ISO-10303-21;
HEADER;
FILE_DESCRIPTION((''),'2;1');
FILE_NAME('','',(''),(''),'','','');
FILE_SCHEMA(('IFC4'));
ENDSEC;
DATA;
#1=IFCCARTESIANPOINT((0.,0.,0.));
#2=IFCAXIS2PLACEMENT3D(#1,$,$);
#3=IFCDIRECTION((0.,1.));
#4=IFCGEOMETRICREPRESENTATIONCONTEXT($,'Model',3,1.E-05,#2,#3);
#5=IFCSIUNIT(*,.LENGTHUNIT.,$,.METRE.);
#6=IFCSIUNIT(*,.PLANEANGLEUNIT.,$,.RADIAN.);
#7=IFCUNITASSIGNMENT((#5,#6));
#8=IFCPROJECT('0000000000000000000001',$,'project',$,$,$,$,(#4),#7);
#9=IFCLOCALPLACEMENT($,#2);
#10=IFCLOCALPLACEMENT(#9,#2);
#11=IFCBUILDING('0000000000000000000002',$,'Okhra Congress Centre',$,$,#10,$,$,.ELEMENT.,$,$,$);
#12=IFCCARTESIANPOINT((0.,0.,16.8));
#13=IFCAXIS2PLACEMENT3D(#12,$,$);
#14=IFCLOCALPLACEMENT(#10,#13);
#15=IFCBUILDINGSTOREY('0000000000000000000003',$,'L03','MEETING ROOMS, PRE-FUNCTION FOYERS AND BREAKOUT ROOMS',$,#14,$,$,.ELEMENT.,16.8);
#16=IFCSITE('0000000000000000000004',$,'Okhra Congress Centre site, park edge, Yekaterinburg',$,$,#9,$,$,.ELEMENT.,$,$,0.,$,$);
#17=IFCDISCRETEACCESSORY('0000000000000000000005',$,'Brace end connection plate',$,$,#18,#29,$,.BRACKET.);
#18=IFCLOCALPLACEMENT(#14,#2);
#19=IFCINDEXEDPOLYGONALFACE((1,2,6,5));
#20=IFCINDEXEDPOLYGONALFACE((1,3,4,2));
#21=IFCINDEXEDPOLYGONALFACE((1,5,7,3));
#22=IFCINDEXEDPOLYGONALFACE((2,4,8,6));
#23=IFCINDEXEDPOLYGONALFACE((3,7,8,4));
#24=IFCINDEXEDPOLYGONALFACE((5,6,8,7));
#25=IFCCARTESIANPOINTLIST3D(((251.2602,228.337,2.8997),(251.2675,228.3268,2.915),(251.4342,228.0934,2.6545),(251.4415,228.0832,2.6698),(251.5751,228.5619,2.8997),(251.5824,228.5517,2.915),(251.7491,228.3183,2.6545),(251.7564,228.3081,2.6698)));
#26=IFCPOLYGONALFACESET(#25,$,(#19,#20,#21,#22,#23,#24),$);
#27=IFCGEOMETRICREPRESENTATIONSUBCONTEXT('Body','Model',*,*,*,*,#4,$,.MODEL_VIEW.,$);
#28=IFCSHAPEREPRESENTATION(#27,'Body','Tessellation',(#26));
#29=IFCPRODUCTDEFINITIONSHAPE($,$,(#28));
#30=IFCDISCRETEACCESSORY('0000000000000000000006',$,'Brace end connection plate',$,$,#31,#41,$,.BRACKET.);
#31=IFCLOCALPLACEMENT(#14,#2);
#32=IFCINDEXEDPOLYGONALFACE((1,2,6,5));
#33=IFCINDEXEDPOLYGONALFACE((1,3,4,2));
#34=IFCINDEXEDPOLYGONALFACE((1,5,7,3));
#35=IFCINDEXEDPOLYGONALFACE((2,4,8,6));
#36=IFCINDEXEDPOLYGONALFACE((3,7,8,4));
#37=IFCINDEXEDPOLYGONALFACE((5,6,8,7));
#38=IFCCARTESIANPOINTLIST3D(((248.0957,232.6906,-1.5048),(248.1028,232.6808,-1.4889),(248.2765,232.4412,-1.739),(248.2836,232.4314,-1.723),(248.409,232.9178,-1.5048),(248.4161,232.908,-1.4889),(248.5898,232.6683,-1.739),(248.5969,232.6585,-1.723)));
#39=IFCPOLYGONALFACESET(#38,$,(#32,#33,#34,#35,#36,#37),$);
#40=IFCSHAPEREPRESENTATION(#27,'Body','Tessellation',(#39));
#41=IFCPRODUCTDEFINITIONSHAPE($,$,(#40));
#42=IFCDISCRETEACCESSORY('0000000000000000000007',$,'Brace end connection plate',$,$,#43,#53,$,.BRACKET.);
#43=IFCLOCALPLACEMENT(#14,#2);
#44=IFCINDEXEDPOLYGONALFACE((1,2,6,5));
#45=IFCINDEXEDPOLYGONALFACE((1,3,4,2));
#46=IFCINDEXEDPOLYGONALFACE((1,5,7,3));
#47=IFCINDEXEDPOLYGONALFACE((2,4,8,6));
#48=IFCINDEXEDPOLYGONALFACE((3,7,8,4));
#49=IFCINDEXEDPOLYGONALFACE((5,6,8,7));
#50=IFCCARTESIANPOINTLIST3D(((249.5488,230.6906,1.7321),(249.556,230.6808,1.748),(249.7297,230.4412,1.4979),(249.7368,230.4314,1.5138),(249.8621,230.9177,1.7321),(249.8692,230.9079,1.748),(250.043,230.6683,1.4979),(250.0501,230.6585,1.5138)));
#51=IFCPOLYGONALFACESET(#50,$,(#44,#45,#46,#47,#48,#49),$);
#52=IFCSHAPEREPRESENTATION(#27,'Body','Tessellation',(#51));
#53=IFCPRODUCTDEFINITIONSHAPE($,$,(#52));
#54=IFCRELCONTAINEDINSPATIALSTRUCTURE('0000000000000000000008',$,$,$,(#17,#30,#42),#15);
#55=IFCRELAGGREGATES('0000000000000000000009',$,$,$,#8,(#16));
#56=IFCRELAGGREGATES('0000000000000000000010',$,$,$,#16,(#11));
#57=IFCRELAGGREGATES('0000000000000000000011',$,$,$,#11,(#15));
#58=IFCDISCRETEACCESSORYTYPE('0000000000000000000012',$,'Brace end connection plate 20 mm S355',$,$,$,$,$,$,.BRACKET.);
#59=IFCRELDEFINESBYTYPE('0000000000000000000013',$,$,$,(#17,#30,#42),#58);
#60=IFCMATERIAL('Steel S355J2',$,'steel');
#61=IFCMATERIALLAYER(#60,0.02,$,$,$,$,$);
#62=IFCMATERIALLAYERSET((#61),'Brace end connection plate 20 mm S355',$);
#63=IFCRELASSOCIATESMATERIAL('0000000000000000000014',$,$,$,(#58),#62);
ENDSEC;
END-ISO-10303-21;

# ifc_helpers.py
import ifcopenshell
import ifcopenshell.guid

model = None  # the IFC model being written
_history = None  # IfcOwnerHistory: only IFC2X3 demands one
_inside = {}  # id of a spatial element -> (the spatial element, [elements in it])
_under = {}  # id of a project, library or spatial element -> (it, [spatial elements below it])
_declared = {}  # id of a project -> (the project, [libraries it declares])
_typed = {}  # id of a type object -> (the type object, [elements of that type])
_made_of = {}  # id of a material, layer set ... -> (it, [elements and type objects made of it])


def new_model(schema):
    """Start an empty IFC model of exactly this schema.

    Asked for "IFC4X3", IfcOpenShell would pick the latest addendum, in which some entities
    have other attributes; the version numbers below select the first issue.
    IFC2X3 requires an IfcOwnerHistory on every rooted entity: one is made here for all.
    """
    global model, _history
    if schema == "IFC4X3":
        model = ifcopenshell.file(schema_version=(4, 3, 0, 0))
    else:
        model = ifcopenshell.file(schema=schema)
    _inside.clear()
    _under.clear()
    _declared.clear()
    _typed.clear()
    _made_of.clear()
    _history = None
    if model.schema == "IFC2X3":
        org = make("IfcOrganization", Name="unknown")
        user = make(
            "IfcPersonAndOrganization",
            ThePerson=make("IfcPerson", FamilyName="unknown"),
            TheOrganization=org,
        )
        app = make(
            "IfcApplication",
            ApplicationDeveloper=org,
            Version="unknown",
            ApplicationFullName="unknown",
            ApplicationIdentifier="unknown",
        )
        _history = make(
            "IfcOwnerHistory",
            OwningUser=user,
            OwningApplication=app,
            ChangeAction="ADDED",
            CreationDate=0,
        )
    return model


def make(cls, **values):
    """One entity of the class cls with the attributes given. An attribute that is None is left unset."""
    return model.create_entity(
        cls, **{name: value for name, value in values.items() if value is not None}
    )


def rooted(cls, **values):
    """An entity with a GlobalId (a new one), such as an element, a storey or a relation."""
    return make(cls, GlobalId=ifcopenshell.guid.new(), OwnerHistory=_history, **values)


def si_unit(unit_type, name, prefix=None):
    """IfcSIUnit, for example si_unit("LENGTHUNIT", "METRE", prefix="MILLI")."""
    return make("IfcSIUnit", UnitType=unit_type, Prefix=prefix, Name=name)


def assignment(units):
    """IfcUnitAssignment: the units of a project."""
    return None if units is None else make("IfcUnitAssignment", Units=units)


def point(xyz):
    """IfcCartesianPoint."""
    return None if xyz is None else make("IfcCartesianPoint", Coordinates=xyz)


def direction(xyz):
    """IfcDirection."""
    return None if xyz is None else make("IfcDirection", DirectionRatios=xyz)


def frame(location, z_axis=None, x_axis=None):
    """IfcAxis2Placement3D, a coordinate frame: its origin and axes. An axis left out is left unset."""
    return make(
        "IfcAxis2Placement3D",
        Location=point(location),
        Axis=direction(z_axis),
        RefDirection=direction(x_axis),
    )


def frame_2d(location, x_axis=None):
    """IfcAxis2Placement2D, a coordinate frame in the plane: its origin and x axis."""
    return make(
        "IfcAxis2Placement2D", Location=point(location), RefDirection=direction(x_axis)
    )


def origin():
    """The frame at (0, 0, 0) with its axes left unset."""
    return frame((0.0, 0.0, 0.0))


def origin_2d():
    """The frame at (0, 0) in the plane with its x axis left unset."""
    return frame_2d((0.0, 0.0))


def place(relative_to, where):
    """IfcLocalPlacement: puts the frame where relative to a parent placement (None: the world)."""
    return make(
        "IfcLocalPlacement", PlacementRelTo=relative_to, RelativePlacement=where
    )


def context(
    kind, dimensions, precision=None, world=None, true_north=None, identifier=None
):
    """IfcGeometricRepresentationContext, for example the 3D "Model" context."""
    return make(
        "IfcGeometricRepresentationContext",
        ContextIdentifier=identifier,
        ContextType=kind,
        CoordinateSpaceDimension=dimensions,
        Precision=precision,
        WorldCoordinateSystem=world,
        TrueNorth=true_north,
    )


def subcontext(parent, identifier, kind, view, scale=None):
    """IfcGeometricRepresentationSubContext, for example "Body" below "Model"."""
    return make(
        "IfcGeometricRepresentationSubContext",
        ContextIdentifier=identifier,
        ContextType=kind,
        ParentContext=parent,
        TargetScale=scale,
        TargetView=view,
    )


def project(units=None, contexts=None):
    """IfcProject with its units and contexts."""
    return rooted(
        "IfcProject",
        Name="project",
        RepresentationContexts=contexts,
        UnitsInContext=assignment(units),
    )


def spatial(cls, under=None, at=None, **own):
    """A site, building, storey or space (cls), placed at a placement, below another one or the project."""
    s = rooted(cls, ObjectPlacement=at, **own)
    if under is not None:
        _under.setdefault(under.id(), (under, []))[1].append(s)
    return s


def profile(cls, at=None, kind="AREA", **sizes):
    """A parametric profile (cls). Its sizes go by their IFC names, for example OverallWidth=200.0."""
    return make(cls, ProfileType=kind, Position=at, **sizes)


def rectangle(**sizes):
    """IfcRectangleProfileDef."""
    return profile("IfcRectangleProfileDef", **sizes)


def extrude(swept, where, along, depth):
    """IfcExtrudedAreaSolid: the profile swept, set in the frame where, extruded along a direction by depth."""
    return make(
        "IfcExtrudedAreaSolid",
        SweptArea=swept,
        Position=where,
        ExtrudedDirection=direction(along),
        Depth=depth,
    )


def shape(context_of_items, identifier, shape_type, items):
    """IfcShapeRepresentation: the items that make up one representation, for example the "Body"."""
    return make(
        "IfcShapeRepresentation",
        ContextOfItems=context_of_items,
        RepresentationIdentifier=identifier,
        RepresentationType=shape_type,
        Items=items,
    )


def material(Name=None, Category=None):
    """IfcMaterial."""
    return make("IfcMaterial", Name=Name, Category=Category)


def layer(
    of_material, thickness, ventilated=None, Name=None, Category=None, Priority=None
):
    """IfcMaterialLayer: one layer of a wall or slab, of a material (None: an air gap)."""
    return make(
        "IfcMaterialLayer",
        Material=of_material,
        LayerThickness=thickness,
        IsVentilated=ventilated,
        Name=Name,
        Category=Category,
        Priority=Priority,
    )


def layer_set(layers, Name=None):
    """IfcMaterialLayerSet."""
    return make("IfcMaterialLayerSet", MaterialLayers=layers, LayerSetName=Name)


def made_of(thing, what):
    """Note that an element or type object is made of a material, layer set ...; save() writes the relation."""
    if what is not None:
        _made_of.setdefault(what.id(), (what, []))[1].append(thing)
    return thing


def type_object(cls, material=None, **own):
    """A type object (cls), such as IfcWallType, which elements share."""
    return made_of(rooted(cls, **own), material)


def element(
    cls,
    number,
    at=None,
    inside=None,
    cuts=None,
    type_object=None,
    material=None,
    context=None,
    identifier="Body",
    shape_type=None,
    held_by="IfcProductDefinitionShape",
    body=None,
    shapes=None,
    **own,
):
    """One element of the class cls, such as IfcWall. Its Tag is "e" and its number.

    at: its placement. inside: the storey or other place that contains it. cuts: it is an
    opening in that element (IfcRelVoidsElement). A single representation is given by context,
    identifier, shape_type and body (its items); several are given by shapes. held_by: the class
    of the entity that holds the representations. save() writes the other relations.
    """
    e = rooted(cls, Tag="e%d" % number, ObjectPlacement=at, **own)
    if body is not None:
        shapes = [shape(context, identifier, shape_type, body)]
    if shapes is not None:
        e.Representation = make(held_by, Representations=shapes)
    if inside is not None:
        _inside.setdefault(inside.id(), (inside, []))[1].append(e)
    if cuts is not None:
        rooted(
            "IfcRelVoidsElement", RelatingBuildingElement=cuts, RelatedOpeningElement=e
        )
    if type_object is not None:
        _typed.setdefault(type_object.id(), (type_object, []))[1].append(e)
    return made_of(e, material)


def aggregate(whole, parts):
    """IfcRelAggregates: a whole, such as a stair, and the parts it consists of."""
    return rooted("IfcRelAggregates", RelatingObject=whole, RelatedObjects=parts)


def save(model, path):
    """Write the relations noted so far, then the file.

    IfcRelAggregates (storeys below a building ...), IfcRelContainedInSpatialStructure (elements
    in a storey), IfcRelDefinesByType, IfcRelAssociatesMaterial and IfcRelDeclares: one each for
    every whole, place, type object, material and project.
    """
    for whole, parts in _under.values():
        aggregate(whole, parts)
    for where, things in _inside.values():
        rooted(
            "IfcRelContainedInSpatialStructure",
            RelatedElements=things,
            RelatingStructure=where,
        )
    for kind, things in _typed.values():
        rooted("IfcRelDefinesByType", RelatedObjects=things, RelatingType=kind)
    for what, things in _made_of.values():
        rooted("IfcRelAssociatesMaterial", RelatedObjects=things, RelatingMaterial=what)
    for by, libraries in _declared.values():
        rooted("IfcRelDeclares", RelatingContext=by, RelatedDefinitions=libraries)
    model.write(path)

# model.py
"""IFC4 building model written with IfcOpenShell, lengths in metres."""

from ifc_helpers import new_model, si_unit, direction, frame, origin, origin_2d, place, context, subcontext, project, spatial, rectangle, extrude, material, layer, layer_set, type_object, element, save


model = new_model("IFC4")

# Units and contexts
model_context = context("Model", 3, precision=1e-05, world=origin(), true_north=direction((0.0, 1.0)))
body_context = subcontext(model_context, "Body", "Model", "MODEL_VIEW")
ifc_project = project(units=[si_unit("LENGTHUNIT", "METRE"), si_unit("PLANEANGLEUNIT", "RADIAN")], contexts=[model_context])

# Site, building, storey
site_placement = place(None, origin())
site = spatial("IfcSite", under=ifc_project, at=site_placement, Name="Okhra Congress Centre site, park edge, Yekaterinburg", CompositionType="ELEMENT", RefElevation=0.0)
building_placement = place(site_placement, origin())
building = spatial("IfcBuilding", under=site, at=building_placement, Name="Okhra Congress Centre", CompositionType="ELEMENT")
storey_placement = place(building_placement, frame((0.0, 0.0, 16.8)))
storey = spatial("IfcBuildingStorey", under=building, at=storey_placement, Name="L03", Description="MEETING ROOMS, PRE-FUNCTION FOYERS AND BREAKOUT ROOMS", CompositionType="ELEMENT", Elevation=16.8)

# Shared definitions
ifc_material_1 = material(Name="Steel S355J2", Category="steel")

# Discrete accessories
ifc_layer = layer(ifc_material_1, 0.02)
ifc_layer_set = layer_set([ifc_layer], Name="Brace end connection plate 20 mm S355")
discrete_accessory_type = type_object("IfcDiscreteAccessoryType", Name="Brace end connection plate 20 mm S355", PredefinedType="BRACKET", material=ifc_layer_set)
discrete_accessory_1_placement = place(storey_placement, frame((251.5046, 228.3276, 2.7771), z_axis=(0.368355, -0.515697, 0.773545), x_axis=(0.813733, 0.581238, 0.0)))
element("IfcDiscreteAccessory", 1, at=discrete_accessory_1_placement, inside=storey, type_object=discrete_accessory_type, Name="Brace end connection plate", PredefinedType="BRACKET", context=body_context, shape_type="SweptSolid", body=[
    extrude(rectangle(XDim=0.387, YDim=0.387, at=origin_2d()), origin(), (0.0, 0.0, 1.0), 0.0198),
])
for number, where, z_axis, x_axis, name in (
    (2, (248.3499, 232.6697, -1.606), (-0.355194, 0.489922, -0.796124), (-0.80961, -0.586968, 0.0), "Brace end connection plate"),
    (3, (249.7959, 230.6794, 1.615), (0.355194, -0.489922, 0.796124), (0.80961, 0.586968, 0.0), "Brace end connection plate"),
):
    element("IfcDiscreteAccessory", number, at=place(storey_placement, frame(where, z_axis=z_axis, x_axis=x_axis)), inside=storey, type_object=discrete_accessory_type, Name=name, PredefinedType="BRACKET", context=body_context, shape_type="SweptSolid", body=[
        extrude(rectangle(XDim=0.387, YDim=0.387, at=origin_2d()), origin(), (0.0, 0.0, 1.0), 0.02),
    ])

save(model, "model.ifc")
